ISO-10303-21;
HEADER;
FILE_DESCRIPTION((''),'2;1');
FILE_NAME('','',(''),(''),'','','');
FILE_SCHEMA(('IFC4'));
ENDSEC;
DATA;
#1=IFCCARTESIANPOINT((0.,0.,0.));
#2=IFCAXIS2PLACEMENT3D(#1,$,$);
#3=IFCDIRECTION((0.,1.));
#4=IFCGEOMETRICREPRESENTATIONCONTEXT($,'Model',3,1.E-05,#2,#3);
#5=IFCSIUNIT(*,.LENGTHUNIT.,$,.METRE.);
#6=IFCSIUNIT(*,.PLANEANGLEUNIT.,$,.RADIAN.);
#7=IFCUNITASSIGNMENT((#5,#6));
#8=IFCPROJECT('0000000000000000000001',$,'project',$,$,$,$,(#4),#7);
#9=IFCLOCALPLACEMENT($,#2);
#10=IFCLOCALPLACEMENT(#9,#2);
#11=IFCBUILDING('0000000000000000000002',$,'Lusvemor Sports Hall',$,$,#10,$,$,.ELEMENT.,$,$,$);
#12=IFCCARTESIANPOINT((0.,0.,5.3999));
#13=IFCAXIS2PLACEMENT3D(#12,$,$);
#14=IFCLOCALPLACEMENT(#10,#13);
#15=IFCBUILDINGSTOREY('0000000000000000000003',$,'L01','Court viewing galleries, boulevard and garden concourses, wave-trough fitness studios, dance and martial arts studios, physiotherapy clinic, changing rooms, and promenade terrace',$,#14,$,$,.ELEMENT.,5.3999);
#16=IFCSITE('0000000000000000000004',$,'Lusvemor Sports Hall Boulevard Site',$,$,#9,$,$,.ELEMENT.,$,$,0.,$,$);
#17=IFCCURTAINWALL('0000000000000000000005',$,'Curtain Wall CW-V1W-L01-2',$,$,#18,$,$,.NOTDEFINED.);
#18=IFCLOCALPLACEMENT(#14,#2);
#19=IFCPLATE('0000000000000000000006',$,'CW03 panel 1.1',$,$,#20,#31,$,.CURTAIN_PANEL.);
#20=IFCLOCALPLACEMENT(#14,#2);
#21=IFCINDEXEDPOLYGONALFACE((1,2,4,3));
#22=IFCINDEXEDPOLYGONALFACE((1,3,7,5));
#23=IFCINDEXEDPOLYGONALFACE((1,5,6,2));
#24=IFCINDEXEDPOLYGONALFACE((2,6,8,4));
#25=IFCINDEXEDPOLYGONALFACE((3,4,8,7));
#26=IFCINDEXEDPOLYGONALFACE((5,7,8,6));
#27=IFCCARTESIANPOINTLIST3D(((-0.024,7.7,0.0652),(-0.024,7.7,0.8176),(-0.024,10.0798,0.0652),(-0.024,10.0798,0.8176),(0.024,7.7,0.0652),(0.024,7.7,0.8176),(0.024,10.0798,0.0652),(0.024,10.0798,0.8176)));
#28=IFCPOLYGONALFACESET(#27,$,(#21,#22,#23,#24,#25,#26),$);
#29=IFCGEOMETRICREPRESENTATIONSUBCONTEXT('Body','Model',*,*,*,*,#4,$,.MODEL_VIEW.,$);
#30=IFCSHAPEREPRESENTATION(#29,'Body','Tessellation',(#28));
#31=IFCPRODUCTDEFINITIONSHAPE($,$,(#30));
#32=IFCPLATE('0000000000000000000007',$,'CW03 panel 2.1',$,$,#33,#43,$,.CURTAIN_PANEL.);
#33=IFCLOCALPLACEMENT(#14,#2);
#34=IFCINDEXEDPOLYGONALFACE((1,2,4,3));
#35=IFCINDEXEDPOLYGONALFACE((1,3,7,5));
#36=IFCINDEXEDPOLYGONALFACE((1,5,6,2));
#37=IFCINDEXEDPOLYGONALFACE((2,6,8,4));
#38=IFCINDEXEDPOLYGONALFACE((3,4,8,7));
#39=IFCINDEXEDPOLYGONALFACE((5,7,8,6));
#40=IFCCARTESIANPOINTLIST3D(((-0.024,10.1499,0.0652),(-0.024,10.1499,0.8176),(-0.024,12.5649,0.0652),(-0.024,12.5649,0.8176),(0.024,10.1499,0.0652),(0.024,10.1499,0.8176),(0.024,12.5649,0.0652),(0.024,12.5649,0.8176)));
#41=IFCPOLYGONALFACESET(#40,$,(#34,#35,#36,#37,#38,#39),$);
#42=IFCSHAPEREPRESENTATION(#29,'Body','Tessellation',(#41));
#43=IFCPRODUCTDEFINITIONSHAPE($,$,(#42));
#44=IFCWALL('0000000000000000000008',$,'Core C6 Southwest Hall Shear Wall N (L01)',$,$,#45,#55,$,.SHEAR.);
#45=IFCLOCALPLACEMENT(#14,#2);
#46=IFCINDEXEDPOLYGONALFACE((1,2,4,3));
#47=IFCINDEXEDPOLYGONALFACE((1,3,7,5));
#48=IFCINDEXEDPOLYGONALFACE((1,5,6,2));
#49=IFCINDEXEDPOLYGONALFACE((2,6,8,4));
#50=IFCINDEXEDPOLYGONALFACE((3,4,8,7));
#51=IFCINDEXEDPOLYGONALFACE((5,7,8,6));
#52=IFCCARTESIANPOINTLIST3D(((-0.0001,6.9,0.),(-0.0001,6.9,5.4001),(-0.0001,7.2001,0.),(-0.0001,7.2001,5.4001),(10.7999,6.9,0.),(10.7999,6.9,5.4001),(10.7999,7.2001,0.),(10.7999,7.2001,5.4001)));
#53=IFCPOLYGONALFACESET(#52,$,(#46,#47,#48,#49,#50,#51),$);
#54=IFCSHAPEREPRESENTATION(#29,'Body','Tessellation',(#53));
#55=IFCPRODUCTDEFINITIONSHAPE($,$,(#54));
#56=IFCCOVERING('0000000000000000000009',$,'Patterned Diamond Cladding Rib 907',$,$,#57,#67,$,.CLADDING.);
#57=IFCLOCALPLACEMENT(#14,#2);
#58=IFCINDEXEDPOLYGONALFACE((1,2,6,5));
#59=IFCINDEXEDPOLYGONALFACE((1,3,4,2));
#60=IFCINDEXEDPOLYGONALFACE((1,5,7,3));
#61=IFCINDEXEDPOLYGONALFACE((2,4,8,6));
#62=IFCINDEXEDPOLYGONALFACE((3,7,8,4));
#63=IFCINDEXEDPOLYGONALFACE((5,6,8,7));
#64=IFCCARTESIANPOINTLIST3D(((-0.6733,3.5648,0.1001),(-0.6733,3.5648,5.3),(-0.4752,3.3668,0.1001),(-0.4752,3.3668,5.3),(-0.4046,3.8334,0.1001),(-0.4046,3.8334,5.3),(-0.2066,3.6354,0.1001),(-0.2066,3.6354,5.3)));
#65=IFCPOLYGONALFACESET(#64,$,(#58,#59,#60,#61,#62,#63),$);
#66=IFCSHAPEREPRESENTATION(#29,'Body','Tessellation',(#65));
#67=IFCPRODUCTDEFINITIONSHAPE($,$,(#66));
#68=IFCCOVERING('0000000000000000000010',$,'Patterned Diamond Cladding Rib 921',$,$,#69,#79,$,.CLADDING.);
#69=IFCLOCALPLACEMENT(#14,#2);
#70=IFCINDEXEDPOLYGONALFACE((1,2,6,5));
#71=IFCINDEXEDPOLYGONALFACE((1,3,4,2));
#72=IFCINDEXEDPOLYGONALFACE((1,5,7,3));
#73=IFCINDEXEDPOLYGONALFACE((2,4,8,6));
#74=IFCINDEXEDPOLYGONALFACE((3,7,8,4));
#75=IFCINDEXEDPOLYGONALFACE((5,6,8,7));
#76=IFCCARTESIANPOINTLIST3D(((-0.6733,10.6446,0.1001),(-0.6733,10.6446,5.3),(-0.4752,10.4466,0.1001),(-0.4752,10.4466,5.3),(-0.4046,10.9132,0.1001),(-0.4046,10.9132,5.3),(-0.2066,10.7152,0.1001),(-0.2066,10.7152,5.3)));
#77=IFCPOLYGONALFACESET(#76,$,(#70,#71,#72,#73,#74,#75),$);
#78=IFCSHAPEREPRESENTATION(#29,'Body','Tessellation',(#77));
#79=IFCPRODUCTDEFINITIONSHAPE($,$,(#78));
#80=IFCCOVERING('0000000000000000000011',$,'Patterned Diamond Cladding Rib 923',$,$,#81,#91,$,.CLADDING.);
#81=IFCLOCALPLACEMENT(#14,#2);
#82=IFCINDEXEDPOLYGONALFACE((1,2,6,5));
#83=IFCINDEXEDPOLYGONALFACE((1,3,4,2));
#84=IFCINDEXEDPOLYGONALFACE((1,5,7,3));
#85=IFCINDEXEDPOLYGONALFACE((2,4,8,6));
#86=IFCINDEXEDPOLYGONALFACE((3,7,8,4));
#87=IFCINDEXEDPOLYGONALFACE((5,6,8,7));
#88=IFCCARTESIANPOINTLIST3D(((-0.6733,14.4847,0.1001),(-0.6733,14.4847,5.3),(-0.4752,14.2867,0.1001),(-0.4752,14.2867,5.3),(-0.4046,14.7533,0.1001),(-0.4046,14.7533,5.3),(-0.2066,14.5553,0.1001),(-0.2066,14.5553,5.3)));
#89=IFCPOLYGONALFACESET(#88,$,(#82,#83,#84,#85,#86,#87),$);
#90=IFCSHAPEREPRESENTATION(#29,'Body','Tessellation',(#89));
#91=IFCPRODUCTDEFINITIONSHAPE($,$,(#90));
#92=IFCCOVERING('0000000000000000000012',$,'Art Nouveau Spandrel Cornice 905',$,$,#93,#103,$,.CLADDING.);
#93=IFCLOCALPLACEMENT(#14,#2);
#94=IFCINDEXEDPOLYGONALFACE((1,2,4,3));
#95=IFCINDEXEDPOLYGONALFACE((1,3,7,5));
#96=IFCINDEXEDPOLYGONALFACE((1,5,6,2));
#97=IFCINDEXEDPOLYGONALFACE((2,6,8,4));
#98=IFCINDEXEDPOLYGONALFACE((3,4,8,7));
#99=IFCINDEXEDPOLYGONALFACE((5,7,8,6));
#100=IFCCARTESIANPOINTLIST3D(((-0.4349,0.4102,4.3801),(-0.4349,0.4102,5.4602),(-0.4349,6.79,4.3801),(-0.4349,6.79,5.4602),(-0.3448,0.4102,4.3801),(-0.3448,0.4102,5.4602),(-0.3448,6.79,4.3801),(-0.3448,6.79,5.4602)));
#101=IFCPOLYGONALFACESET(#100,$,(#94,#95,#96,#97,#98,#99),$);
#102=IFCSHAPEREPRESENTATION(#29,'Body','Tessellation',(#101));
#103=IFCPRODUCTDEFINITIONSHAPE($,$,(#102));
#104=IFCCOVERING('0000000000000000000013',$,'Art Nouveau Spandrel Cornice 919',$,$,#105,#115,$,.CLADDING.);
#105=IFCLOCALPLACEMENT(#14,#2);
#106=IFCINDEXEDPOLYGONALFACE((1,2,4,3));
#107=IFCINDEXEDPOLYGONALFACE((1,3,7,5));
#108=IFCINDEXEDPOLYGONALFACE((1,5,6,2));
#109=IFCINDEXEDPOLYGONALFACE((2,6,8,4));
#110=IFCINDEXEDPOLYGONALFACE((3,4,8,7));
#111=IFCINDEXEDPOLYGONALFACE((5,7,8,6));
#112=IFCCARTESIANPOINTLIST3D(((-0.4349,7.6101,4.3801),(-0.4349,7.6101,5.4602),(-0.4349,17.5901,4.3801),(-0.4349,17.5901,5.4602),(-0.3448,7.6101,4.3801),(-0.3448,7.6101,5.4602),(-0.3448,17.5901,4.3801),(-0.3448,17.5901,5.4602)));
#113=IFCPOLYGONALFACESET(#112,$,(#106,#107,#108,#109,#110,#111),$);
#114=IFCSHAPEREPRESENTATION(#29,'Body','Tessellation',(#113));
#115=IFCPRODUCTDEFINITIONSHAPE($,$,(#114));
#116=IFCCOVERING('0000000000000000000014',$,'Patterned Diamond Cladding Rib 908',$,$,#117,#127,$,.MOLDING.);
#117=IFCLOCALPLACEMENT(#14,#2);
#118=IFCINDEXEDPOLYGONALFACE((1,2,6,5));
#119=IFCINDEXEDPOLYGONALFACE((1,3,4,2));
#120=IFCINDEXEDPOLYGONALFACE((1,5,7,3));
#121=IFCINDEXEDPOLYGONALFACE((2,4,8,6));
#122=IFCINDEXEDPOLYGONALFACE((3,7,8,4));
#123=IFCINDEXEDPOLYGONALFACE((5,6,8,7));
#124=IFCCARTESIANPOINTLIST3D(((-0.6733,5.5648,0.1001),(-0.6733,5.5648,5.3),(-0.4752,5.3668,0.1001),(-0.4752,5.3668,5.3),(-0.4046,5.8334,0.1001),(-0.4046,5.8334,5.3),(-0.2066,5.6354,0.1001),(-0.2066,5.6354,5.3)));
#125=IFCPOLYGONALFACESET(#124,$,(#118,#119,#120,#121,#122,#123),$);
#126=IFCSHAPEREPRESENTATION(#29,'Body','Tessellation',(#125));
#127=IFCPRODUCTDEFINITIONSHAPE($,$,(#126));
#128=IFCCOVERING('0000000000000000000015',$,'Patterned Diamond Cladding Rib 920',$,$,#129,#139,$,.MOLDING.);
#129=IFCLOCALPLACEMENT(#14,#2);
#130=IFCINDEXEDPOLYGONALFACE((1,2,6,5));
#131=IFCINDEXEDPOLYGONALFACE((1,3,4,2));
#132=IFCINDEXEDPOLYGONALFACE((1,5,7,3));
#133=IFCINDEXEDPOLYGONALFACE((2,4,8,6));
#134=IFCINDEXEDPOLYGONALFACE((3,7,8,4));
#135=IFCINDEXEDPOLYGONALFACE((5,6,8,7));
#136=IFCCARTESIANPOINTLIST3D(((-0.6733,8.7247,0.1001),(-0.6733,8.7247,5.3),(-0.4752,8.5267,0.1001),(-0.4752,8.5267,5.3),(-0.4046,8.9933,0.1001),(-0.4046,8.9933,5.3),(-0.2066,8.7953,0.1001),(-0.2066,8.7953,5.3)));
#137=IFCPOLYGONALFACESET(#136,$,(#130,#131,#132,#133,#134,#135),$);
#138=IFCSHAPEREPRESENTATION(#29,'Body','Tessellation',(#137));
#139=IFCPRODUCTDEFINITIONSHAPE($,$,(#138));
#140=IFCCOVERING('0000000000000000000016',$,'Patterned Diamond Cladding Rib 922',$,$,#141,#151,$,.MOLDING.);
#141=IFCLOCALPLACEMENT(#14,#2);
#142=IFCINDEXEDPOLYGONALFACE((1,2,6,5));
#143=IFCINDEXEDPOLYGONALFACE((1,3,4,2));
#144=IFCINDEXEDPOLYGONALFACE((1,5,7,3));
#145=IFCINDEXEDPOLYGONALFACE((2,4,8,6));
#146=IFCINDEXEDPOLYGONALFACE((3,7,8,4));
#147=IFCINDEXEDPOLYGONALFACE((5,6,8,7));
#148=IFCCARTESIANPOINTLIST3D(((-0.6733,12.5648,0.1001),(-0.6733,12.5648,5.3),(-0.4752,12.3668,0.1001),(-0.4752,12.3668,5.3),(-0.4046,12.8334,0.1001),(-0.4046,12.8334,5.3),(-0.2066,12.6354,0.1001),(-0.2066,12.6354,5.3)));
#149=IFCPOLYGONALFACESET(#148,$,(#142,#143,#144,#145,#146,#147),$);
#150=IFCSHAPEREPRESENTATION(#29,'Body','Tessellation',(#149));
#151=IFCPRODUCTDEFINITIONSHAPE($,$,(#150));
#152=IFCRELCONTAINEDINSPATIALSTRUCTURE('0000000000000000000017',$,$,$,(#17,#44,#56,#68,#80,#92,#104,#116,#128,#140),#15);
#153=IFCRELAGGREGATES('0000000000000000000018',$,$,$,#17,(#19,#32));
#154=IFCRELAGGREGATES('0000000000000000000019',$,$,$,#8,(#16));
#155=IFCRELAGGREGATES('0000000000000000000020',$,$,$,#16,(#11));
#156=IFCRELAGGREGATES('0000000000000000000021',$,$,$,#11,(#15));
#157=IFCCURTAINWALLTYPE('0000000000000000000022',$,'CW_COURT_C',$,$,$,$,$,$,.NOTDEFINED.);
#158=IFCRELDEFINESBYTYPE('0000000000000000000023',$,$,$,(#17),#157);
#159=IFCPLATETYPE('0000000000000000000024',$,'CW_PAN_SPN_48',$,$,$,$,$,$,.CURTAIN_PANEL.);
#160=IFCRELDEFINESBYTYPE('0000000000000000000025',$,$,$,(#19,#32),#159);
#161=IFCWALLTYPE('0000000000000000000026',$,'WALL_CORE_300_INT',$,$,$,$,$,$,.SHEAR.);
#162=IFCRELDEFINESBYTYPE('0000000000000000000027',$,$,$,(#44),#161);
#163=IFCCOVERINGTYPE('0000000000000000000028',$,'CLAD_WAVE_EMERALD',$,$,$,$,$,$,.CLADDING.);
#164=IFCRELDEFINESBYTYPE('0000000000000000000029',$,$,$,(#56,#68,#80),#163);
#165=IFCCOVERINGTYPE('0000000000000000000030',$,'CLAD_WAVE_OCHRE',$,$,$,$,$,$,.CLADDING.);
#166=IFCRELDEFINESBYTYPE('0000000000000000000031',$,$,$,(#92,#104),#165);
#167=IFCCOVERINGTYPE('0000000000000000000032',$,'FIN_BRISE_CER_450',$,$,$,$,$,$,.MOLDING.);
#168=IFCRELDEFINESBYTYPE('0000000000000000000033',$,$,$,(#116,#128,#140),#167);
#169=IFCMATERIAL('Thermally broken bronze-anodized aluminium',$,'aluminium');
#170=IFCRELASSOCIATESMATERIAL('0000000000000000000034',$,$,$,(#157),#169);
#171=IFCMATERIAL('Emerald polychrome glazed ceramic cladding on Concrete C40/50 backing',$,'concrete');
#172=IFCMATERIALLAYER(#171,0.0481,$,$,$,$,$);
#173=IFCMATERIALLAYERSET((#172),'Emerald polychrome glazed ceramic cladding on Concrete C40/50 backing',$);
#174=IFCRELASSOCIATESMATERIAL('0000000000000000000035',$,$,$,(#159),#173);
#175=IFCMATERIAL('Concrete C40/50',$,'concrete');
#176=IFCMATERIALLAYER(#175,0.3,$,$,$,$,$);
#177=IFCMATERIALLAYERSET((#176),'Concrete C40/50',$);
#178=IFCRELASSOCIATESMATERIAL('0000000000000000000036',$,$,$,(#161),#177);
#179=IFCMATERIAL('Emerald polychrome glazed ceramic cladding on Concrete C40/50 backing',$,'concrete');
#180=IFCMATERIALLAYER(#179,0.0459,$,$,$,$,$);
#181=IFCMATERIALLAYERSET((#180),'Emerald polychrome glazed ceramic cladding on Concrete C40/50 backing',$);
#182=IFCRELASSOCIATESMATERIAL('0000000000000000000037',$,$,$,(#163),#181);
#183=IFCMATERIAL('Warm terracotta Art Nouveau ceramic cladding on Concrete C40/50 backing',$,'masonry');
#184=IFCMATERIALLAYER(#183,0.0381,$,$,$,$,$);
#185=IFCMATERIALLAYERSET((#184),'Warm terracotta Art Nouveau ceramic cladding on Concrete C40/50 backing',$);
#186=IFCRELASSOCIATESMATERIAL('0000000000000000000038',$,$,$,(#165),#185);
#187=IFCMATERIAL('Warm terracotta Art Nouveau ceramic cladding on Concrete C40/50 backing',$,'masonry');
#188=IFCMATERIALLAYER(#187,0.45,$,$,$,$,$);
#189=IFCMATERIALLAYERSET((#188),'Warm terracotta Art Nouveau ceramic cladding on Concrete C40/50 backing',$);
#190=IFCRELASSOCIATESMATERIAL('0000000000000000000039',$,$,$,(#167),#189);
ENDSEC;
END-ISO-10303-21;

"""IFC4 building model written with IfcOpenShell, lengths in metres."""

from ifc_helpers import new_model, si_unit, direction, frame, frame_2d, origin, origin_2d, place, context, subcontext, project, spatial, rectangle, extrude, material, layer, layer_set, type_object, element, aggregate, save


model = new_model("IFC4")

# Units and contexts
model_context = context("Model", 3, precision=1e-05, world=origin(), true_north=direction((0.0, 1.0)))
body_context = subcontext(model_context, "Body", "Model", "MODEL_VIEW")
ifc_project = project(units=[si_unit("LENGTHUNIT", "METRE"), si_unit("PLANEANGLEUNIT", "RADIAN")], contexts=[model_context])

# Site, building, storey
site_placement = place(None, origin())
site = spatial("IfcSite", under=ifc_project, at=site_placement, Name="Lusvemor Sports Hall Boulevard Site", CompositionType="ELEMENT", RefElevation=0.0)
building_placement = place(site_placement, origin())
building = spatial("IfcBuilding", under=site, at=building_placement, Name="Lusvemor Sports Hall", CompositionType="ELEMENT")
storey_placement = place(building_placement, frame((0.0, 0.0, 5.3999)))
storey = spatial("IfcBuildingStorey", under=building, at=storey_placement, Name="L01", Description="Court viewing galleries, boulevard and garden concourses, wave-trough fitness studios, dance and martial arts studios, physiotherapy clinic, changing rooms, and promenade terrace", CompositionType="ELEMENT", Elevation=5.3999)

# Curtain wall, plates
ifc_material_1 = material(Name="Thermally broken bronze-anodized aluminium", Category="aluminium")
curtain_wall_type = type_object("IfcCurtainWallType", Name="CW_COURT_C", PredefinedType="NOTDEFINED", material=ifc_material_1)
curtain_wall_placement = place(storey_placement, origin())
curtain_wall = element("IfcCurtainWall", 1, at=curtain_wall_placement, inside=storey, type_object=curtain_wall_type, Name="Curtain Wall CW-V1W-L01-2", PredefinedType="NOTDEFINED")
ifc_material_2 = material(Name="Emerald polychrome glazed ceramic cladding on Concrete C40/50 backing", Category="concrete")
ifc_layer_1 = layer(ifc_material_2, 0.0481)
ifc_layer_set_1 = layer_set([ifc_layer_1], Name="Emerald polychrome glazed ceramic cladding on Concrete C40/50 backing")
plate_type_1 = type_object("IfcPlateType", Name="CW_PAN_SPN_48", PredefinedType="CURTAIN_PANEL", material=ifc_layer_set_1)
plate_1_placement = place(storey_placement, frame((0.0, 8.8899, 0.0652), z_axis=(0.0, 0.0, 1.0), x_axis=(0.0, 1.0, 0.0)))
plate_1 = element("IfcPlate", 2, at=plate_1_placement, type_object=plate_type_1, Name="CW03 panel 1.1", PredefinedType="CURTAIN_PANEL", context=body_context, shape_type="SweptSolid", body=[
    extrude(rectangle(XDim=2.3799, YDim=0.0481, at=origin_2d()), origin(), (0.0, 0.0, 1.0), 0.7524),
])
plate_2_placement = place(storey_placement, frame((0.0, 11.3574, 0.0652), z_axis=(0.0, 0.0, 1.0), x_axis=(0.0, 1.0, 0.0)))
plate_2 = element("IfcPlate", 3, at=plate_2_placement, type_object=plate_type_1, Name="CW03 panel 2.1", PredefinedType="CURTAIN_PANEL", context=body_context, shape_type="SweptSolid", body=[
    extrude(rectangle(XDim=2.415, YDim=0.0481, at=origin_2d()), origin(), (0.0, 0.0, 1.0), 0.7524),
])
aggregate(curtain_wall, [plate_1, plate_2])

# Wall
ifc_material_3 = material(Name="Concrete C40/50", Category="concrete")
ifc_layer_2 = layer(ifc_material_3, 0.3)
ifc_layer_set_2 = layer_set([ifc_layer_2], Name="Concrete C40/50")
wall_type = type_object("IfcWallType", Name="WALL_CORE_300_INT", PredefinedType="SHEAR", material=ifc_layer_set_2)
wall_placement = place(storey_placement, frame((0.0, 7.05, 0.0), z_axis=(0.0, 0.0, 1.0), x_axis=(1.0, 0.0, 0.0)))
element("IfcWall", 4, at=wall_placement, inside=storey, type_object=wall_type, Name="Core C6 Southwest Hall Shear Wall N (L01)", PredefinedType="SHEAR", context=body_context, shape_type="SweptSolid", body=[
    extrude(rectangle(XDim=10.8, YDim=0.3, at=frame_2d((5.3999, 0.0))), origin(), (0.0, 0.0, 1.0), 5.4001),
])

# Coverings
ifc_material_4 = material(Name="Emerald polychrome glazed ceramic cladding on Concrete C40/50 backing", Category="concrete")
ifc_layer_3 = layer(ifc_material_4, 0.0459)
ifc_layer_set_3 = layer_set([ifc_layer_3], Name="Emerald polychrome glazed ceramic cladding on Concrete C40/50 backing")
covering_type_1 = type_object("IfcCoveringType", Name="CLAD_WAVE_EMERALD", PredefinedType="CLADDING", material=ifc_layer_set_3)
for number, where, z_axis, x_axis, name in (
    (5, (-0.4399, 3.6001, 0.1001), (0.0, 0.0, 1.0), (0.707107, 0.707107, 0.0), "Patterned Diamond Cladding Rib 907"),
    (6, (-0.4399, 10.6799, 0.1001), (0.0, 0.0, 1.0), (0.707107, 0.707107, 0.0), "Patterned Diamond Cladding Rib 921"),
    (7, (-0.4399, 14.52, 0.1001), (0.0, 0.0, 1.0), (0.707107, 0.707107, 0.0), "Patterned Diamond Cladding Rib 923"),
):
    element("IfcCovering", number, at=place(storey_placement, frame(where, z_axis=z_axis, x_axis=x_axis)), inside=storey, type_object=covering_type_1, Name=name, PredefinedType="CLADDING", context=body_context, shape_type="SweptSolid", body=[
        extrude(rectangle(XDim=0.3799, YDim=0.28, at=origin_2d()), origin(), (0.0, 0.0, 1.0), 5.2),
    ])
ifc_material_5 = material(Name="Warm terracotta Art Nouveau ceramic cladding on Concrete C40/50 backing", Category="masonry")
ifc_layer_4 = layer(ifc_material_5, 0.0381)
ifc_layer_set_4 = layer_set([ifc_layer_4], Name="Warm terracotta Art Nouveau ceramic cladding on Concrete C40/50 backing")
covering_type_2 = type_object("IfcCoveringType", Name="CLAD_WAVE_OCHRE", PredefinedType="CLADDING", material=ifc_layer_set_4)
covering_1_placement = place(storey_placement, frame((-0.3899, 3.6001, 4.3801), z_axis=(0.0, 0.0, 1.0), x_axis=(1.0, 0.0, 0.0)))
element("IfcCovering", 8, at=covering_1_placement, inside=storey, type_object=covering_type_2, Name="Art Nouveau Spandrel Cornice 905", PredefinedType="CLADDING", context=body_context, shape_type="SweptSolid", body=[
    extrude(rectangle(XDim=0.0901, YDim=6.3799, at=origin_2d()), origin(), (0.0, 0.0, 1.0), 1.0801),
])
covering_2_placement = place(storey_placement, frame((-0.3899, 12.6001, 4.3801), z_axis=(0.0, 0.0, 1.0), x_axis=(1.0, 0.0, 0.0)))
element("IfcCovering", 9, at=covering_2_placement, inside=storey, type_object=covering_type_2, Name="Art Nouveau Spandrel Cornice 919", PredefinedType="CLADDING", context=body_context, shape_type="SweptSolid", body=[
    extrude(rectangle(XDim=0.0901, YDim=9.98, at=origin_2d()), origin(), (0.0, 0.0, 1.0), 1.0801),
])
ifc_material_6 = material(Name="Warm terracotta Art Nouveau ceramic cladding on Concrete C40/50 backing", Category="masonry")
ifc_layer_5 = layer(ifc_material_6, 0.45)
ifc_layer_set_5 = layer_set([ifc_layer_5], Name="Warm terracotta Art Nouveau ceramic cladding on Concrete C40/50 backing")
covering_type_3 = type_object("IfcCoveringType", Name="FIN_BRISE_CER_450", PredefinedType="MOLDING", material=ifc_layer_set_5)
for number, where, z_axis, x_axis, name in (
    (10, (-0.4399, 5.6001, 0.1001), (0.0, 0.0, 1.0), (0.707107, 0.707107, 0.0), "Patterned Diamond Cladding Rib 908"),
    (11, (-0.4399, 8.76, 0.1001), (0.0, 0.0, 1.0), (0.707107, 0.707107, 0.0), "Patterned Diamond Cladding Rib 920"),
    (12, (-0.4399, 12.6001, 0.1001), (0.0, 0.0, 1.0), (0.707107, 0.707107, 0.0), "Patterned Diamond Cladding Rib 922"),
):
    element("IfcCovering", number, at=place(storey_placement, frame(where, z_axis=z_axis, x_axis=x_axis)), inside=storey, type_object=covering_type_3, Name=name, PredefinedType="MOLDING", context=body_context, shape_type="SweptSolid", body=[
        extrude(rectangle(XDim=0.3799, YDim=0.28, at=origin_2d()), origin(), (0.0, 0.0, 1.0), 5.2),
    ])

save(model, "model.ifc")
